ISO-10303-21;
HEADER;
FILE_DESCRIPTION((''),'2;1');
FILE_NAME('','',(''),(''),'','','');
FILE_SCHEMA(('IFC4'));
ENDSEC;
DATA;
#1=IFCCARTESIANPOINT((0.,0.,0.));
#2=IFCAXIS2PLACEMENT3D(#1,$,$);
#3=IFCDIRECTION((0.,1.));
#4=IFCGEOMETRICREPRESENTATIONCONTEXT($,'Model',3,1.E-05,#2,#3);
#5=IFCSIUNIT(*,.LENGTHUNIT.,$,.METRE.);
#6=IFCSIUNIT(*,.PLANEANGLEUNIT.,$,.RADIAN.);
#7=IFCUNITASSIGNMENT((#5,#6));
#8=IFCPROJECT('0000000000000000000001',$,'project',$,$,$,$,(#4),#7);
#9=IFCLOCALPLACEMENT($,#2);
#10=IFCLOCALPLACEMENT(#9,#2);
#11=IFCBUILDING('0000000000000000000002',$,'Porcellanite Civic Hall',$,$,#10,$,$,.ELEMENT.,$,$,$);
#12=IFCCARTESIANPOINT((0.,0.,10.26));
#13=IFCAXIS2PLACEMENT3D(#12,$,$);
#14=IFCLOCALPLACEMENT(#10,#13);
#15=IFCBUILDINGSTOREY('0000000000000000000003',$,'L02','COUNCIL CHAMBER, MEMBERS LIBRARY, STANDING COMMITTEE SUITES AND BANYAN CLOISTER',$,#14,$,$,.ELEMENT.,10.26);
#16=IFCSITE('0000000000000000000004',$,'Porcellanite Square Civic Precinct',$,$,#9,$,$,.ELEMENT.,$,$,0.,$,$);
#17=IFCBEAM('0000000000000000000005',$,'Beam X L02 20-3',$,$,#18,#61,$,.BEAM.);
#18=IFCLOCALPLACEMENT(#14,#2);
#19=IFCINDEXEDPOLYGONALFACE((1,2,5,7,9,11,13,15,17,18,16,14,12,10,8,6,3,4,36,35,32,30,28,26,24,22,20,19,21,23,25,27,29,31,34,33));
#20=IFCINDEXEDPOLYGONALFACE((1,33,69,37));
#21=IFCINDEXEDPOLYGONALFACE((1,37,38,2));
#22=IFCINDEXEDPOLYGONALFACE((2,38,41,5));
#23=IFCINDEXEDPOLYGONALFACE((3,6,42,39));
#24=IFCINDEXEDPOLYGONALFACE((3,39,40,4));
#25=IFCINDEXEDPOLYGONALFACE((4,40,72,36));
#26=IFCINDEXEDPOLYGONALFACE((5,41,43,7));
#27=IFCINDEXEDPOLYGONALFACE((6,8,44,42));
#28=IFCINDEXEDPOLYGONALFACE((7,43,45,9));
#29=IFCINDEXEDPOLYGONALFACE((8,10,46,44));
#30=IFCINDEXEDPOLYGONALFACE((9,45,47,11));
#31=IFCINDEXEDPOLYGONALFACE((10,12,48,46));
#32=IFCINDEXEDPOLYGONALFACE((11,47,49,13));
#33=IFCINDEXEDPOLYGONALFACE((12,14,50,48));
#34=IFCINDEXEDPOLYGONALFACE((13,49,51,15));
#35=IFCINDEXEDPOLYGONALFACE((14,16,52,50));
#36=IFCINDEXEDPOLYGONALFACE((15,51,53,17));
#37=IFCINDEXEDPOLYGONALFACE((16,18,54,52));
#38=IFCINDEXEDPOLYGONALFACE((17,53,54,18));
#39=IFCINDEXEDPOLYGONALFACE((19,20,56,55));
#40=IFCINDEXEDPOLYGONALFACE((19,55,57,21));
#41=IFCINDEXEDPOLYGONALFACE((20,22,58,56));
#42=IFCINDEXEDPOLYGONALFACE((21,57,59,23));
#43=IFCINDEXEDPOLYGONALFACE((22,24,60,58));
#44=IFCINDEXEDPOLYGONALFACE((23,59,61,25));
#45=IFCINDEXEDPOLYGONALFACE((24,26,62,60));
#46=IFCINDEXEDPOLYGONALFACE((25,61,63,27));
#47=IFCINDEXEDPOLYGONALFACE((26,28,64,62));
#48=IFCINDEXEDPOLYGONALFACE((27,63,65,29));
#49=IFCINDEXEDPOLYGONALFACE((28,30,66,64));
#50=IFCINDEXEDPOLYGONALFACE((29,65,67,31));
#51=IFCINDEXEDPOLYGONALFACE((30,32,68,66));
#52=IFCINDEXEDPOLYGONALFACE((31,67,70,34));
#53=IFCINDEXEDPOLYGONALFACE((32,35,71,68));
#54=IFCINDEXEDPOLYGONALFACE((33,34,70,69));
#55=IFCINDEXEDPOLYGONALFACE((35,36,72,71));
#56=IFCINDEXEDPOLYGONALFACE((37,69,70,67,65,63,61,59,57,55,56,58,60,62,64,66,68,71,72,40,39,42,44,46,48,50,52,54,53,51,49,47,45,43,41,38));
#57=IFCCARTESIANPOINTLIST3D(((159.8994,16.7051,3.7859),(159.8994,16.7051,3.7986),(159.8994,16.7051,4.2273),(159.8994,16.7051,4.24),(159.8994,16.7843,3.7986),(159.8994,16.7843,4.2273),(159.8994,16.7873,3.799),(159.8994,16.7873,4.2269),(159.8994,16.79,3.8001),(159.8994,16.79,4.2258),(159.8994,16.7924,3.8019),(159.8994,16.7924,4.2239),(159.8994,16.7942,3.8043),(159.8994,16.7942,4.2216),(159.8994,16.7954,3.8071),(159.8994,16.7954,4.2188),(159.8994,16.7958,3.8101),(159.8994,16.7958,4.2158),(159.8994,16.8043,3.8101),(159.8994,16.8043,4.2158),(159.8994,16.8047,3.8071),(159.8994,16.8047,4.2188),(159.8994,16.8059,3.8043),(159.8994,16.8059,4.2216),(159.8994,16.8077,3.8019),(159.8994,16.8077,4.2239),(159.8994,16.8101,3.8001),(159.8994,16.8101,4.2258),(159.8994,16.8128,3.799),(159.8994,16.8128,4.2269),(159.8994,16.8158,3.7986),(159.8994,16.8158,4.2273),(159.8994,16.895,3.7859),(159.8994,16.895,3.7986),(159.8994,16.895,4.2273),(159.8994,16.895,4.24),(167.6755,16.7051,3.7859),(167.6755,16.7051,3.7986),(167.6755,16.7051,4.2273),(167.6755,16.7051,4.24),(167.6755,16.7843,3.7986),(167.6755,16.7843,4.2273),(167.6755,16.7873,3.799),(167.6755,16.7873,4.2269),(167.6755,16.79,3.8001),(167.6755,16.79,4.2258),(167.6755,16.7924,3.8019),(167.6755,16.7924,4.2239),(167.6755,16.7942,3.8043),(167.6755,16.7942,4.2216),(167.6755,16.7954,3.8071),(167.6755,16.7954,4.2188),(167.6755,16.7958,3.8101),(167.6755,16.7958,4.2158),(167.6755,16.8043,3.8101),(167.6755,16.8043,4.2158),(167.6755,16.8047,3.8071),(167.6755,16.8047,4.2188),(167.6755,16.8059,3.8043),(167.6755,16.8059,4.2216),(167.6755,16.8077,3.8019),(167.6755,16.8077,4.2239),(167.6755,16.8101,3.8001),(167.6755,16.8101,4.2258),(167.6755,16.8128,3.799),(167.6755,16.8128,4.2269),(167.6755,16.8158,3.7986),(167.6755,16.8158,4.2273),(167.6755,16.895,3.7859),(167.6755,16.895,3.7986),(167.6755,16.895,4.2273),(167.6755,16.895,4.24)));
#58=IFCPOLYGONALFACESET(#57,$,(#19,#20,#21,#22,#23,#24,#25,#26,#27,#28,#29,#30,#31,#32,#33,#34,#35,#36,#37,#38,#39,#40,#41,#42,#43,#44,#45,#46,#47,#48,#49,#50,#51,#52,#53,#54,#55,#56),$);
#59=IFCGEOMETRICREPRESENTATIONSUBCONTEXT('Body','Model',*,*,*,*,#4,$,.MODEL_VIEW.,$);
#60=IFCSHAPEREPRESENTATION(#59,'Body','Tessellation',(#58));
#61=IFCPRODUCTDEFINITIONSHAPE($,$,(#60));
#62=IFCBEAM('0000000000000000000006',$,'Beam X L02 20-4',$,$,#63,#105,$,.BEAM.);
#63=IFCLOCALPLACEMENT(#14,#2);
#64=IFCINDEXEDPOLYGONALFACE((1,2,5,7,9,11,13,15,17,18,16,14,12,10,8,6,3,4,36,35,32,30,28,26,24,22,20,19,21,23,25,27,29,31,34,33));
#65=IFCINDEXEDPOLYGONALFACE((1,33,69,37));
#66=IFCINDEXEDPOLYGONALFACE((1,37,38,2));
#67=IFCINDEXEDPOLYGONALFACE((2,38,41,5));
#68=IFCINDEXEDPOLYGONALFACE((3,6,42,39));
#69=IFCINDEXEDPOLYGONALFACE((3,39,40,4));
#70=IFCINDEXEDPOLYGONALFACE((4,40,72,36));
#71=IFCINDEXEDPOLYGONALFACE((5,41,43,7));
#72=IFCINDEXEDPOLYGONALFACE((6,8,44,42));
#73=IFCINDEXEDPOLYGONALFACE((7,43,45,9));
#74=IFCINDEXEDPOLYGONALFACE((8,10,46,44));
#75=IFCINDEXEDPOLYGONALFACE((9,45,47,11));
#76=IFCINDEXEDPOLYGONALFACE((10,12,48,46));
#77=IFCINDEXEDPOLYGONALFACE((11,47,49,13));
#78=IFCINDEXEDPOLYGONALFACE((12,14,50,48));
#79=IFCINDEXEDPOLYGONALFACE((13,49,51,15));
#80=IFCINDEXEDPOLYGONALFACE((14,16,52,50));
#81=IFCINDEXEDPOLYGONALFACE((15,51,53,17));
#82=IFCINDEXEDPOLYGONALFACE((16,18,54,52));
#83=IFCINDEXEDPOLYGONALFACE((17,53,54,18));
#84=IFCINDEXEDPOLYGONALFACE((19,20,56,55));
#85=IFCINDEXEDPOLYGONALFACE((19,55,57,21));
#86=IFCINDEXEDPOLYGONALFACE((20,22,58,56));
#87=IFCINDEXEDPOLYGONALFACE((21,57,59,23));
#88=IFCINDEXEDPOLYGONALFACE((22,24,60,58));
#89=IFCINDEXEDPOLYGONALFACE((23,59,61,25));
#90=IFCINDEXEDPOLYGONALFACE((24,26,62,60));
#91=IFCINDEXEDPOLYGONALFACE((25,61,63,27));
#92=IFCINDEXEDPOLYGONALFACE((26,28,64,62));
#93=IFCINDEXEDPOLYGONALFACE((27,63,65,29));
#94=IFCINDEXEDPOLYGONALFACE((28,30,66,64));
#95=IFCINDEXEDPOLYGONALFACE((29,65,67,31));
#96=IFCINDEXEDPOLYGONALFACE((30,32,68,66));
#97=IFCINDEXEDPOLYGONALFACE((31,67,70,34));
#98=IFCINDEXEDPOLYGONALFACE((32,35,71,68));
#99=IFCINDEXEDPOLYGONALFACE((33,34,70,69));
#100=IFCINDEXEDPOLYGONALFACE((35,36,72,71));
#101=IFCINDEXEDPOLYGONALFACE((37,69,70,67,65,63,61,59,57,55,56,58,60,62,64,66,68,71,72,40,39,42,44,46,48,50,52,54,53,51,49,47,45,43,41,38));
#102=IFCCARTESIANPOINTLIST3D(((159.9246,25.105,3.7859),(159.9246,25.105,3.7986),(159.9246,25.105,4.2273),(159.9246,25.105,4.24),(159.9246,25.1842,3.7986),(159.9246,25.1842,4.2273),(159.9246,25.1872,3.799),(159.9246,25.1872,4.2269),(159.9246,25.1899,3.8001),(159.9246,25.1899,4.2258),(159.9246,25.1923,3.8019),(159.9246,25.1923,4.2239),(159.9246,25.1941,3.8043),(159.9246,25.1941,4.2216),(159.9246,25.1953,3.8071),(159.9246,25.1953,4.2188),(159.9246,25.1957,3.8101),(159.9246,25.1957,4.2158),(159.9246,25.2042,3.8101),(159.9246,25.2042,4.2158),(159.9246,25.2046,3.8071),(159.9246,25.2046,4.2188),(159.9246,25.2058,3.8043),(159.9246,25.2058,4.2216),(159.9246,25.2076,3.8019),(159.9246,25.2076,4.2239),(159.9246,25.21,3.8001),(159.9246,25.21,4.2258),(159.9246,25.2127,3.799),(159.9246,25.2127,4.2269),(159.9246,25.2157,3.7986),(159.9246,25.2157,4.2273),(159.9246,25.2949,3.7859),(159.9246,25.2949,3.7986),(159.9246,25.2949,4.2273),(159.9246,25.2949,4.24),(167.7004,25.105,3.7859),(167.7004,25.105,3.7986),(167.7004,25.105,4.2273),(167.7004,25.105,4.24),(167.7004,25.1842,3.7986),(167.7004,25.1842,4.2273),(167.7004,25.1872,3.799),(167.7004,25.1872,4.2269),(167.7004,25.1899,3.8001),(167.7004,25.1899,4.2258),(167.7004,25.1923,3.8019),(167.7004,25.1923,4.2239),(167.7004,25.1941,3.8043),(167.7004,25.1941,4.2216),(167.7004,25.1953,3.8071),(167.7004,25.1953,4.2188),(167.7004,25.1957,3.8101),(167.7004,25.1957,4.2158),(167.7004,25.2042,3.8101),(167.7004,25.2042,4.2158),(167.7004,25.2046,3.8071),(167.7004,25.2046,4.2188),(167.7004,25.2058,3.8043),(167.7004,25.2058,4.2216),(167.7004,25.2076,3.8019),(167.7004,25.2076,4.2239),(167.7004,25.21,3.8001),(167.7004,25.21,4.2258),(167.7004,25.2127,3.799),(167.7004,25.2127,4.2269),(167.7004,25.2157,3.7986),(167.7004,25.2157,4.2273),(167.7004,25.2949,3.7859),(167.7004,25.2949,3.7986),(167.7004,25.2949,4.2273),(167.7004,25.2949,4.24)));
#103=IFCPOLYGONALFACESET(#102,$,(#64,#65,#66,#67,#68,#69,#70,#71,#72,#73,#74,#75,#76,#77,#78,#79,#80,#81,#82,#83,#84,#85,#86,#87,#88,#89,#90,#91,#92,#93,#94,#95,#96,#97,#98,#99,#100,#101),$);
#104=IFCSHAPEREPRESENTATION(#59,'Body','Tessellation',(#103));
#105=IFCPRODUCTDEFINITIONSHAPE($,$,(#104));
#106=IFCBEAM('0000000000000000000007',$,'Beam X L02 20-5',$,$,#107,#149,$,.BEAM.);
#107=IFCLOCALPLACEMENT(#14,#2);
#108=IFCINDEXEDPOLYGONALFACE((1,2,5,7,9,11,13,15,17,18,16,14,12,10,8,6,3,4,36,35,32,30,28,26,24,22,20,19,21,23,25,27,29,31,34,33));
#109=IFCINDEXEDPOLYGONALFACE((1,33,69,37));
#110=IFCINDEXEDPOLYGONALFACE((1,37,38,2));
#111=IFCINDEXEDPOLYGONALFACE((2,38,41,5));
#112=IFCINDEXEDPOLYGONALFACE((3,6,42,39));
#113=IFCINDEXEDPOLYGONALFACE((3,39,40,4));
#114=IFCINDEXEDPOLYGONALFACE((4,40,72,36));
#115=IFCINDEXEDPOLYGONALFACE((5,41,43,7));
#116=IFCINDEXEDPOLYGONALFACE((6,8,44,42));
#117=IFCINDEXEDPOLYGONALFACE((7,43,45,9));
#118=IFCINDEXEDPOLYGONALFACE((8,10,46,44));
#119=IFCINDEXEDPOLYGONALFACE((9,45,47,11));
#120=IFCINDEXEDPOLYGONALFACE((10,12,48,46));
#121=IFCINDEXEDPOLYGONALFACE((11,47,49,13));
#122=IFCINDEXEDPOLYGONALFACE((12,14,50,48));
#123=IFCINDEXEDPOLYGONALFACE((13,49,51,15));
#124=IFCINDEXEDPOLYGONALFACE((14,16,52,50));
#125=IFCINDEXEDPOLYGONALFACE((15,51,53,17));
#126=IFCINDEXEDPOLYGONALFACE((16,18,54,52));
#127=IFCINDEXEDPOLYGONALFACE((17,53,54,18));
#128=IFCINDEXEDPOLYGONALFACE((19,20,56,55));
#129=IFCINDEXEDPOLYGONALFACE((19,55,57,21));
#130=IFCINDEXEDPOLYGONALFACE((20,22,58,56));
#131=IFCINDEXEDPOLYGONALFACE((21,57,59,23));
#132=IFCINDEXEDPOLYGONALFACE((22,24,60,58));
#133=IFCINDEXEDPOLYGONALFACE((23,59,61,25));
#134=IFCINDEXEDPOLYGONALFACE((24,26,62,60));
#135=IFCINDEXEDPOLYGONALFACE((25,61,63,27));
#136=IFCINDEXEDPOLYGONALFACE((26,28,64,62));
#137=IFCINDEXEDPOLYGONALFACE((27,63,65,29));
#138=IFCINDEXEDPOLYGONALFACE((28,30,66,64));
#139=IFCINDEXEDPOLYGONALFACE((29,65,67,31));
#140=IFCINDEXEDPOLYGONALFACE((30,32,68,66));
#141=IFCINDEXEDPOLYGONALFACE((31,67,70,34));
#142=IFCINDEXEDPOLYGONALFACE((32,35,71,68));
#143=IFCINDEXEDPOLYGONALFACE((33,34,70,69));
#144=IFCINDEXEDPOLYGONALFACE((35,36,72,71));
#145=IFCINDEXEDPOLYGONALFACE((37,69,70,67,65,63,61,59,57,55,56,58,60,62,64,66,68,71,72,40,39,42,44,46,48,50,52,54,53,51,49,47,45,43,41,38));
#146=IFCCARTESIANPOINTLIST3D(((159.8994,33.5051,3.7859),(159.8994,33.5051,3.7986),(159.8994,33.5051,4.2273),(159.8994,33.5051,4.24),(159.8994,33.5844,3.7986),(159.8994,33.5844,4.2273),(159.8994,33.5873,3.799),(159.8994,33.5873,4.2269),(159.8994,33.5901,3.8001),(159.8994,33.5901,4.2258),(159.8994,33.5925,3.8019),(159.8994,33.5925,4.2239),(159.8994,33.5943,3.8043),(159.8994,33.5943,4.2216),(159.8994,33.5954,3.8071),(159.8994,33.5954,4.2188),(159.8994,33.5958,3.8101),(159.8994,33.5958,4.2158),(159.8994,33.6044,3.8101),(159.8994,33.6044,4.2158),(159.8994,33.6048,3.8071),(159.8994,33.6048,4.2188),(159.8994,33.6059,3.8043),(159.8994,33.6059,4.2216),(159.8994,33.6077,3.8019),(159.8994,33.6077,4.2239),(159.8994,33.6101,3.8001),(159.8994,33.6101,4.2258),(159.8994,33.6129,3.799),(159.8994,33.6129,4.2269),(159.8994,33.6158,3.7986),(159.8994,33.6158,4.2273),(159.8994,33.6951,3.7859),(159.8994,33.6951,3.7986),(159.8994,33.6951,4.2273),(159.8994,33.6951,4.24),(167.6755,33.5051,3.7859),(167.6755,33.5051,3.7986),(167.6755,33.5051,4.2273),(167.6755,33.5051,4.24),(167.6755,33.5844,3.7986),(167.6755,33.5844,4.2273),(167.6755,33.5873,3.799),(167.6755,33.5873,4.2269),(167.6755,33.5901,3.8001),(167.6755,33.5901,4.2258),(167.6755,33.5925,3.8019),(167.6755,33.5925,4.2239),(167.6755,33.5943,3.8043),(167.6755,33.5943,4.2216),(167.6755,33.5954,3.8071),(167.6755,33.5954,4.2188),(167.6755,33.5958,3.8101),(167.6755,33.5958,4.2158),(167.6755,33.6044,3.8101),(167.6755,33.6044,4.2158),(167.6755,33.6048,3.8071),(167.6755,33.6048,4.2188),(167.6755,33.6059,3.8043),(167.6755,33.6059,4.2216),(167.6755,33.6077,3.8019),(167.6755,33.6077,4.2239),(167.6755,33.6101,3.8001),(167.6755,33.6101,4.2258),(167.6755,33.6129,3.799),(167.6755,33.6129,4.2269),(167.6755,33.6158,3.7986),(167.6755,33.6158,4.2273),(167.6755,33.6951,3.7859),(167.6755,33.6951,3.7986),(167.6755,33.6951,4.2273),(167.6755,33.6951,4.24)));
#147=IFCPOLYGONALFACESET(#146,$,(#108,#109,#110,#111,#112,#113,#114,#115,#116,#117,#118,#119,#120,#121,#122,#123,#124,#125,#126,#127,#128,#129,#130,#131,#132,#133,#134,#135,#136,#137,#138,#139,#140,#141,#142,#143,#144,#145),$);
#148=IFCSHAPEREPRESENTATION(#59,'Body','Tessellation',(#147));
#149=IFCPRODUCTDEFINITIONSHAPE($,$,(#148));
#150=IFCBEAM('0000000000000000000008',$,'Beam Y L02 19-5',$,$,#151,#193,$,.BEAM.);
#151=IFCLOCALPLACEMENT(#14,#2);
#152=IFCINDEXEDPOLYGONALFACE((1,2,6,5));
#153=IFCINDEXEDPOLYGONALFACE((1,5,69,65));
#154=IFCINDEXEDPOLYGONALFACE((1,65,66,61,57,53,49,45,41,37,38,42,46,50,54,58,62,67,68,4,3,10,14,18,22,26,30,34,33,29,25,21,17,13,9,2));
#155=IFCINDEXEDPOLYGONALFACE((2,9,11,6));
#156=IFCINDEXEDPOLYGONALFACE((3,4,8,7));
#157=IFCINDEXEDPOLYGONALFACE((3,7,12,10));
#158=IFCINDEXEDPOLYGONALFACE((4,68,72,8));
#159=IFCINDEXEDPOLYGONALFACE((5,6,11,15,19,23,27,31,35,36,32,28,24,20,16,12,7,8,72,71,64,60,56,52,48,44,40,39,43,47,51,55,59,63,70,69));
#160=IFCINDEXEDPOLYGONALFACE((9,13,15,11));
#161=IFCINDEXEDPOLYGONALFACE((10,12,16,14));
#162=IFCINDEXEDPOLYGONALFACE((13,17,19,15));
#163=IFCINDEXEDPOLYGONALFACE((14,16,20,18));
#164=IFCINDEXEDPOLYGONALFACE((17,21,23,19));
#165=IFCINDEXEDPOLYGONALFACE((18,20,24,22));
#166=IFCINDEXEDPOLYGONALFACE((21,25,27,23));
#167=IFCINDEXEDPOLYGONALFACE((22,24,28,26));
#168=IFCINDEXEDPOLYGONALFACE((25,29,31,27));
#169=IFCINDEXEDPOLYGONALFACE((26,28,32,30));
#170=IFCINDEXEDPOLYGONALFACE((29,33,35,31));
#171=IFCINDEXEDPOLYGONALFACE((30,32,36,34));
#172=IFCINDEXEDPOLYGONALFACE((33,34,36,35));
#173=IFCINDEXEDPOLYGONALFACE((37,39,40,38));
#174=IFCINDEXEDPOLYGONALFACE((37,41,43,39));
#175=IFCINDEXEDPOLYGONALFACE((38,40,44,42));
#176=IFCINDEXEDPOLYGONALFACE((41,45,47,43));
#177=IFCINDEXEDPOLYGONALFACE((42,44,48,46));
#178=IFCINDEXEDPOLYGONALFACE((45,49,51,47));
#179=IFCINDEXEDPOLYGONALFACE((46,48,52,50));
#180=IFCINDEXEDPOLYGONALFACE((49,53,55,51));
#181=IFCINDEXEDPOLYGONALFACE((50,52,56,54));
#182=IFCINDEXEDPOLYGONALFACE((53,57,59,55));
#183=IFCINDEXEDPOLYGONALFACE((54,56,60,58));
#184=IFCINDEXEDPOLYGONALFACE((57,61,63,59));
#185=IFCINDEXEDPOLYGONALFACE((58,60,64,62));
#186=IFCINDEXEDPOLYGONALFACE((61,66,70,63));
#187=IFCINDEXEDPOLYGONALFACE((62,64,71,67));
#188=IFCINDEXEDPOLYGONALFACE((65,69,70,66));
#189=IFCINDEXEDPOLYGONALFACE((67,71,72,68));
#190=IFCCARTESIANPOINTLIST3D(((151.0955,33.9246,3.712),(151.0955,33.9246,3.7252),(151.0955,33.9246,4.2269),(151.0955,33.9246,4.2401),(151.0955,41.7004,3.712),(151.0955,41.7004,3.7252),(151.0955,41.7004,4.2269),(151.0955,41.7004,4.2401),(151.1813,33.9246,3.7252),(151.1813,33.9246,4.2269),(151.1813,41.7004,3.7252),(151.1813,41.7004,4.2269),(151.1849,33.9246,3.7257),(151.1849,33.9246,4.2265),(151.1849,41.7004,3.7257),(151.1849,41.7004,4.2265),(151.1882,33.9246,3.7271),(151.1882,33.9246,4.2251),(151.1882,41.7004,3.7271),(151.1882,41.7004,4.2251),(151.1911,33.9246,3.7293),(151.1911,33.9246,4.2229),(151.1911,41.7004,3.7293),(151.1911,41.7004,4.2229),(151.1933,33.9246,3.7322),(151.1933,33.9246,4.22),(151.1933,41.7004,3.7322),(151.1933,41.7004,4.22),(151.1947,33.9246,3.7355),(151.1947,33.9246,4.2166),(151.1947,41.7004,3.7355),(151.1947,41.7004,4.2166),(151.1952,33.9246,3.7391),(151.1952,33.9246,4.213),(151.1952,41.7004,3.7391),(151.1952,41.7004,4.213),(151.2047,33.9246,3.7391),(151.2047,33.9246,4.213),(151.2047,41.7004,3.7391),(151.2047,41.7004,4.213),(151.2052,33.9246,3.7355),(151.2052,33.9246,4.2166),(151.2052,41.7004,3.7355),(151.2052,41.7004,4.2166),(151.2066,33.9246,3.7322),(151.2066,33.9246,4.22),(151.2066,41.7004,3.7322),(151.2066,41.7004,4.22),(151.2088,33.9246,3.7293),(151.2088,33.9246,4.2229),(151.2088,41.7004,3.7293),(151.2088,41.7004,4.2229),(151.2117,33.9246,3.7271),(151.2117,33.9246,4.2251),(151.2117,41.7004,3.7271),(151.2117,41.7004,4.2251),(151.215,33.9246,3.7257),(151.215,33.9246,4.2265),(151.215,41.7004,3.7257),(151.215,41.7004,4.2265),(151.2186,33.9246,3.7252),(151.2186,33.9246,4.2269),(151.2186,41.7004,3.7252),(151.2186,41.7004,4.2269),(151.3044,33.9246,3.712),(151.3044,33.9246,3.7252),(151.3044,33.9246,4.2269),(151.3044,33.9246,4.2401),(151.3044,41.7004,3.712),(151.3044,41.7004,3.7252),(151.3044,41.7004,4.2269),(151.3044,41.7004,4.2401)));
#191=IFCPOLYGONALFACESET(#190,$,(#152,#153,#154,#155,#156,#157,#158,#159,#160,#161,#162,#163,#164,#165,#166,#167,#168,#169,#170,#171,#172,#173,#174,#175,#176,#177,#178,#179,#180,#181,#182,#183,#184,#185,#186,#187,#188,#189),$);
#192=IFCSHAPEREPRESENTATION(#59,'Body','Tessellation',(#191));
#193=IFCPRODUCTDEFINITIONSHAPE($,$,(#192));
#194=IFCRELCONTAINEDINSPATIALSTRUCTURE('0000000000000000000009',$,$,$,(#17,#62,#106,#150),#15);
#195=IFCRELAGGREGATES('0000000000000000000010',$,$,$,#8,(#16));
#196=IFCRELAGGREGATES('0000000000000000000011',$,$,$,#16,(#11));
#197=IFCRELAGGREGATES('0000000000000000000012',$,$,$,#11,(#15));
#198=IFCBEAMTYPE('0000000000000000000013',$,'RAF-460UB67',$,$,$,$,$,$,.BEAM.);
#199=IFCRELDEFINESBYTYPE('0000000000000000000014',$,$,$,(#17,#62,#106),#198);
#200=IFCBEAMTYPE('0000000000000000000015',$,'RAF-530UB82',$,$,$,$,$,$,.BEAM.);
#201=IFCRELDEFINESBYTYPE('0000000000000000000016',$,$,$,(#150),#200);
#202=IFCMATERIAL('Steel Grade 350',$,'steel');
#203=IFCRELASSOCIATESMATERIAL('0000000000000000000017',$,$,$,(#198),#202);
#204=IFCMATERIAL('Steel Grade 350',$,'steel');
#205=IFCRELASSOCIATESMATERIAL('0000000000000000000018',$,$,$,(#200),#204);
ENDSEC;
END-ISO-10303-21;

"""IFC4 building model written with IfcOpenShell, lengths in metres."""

from ifc_helpers import new_model, si_unit, direction, frame, origin, origin_2d, place, context, subcontext, project, spatial, i_section, extrude, material, material_profile, profile_set, type_object, element, save


model = new_model("IFC4")

# Units and contexts
model_context = context("Model", 3, precision=1e-05, world=origin(), true_north=direction((0.0, 1.0)))
body_context = subcontext(model_context, "Body", "Model", "MODEL_VIEW")
ifc_project = project(units=[si_unit("LENGTHUNIT", "METRE"), si_unit("PLANEANGLEUNIT", "RADIAN")], contexts=[model_context])

# Site, building, storey
site_placement = place(None, origin())
site = spatial("IfcSite", under=ifc_project, at=site_placement, Name="Porcellanite Square Civic Precinct", CompositionType="ELEMENT", RefElevation=0.0)
building_placement = place(site_placement, origin())
building = spatial("IfcBuilding", under=site, at=building_placement, Name="Porcellanite Civic Hall", CompositionType="ELEMENT")
storey_placement = place(building_placement, frame((0.0, 0.0, 10.26)))
storey = spatial("IfcBuildingStorey", under=building, at=storey_placement, Name="L02", Description="COUNCIL CHAMBER, MEMBERS LIBRARY, STANDING COMMITTEE SUITES AND BANYAN CLOISTER", CompositionType="ELEMENT", Elevation=10.26)

# Beams
ifc_material_1 = material(Name="Steel Grade 350", Category="steel")
ifc_material_profile_1 = material_profile(ifc_material_1, i_section(OverallWidth=0.1899, OverallDepth=0.4541, WebThickness=0.0085, FlangeThickness=0.0127, FilletRadius=0.0115, at=origin_2d()), Name="460UB67.1")
ifc_profile_set_1 = profile_set([ifc_material_profile_1], Name="Steel Grade 350")
beam_type_1 = type_object("IfcBeamType", Name="RAF-460UB67", PredefinedType="BEAM", material=ifc_profile_set_1)
for number, where, z_axis, x_axis, name in (
    (1, (159.8994, 16.8, 4.0129), (1.0, 0.0, 0.0), (0.0, 1.0, 0.0), "Beam X L02 20-3"),
):
    element("IfcBeam", number, at=place(storey_placement, frame(where, z_axis=z_axis, x_axis=x_axis)), inside=storey, type_object=beam_type_1, Name=name, PredefinedType="BEAM", context=body_context, shape_type="SweptSolid", body=[
        extrude(i_section(OverallWidth=0.1899, OverallDepth=0.4541, WebThickness=0.0085, FlangeThickness=0.0127, FilletRadius=0.0115, at=origin_2d()), origin(), (0.0, 0.0, 1.0), 7.7761),
    ])
beam_1_placement = place(storey_placement, frame((159.9246, 25.2, 4.0129), z_axis=(1.0, 0.0, 0.0), x_axis=(0.0, 1.0, 0.0)))
element("IfcBeam", 2, at=beam_1_placement, inside=storey, type_object=beam_type_1, Name="Beam X L02 20-4", PredefinedType="BEAM", context=body_context, shape_type="SweptSolid", body=[
    extrude(i_section(OverallWidth=0.1899, OverallDepth=0.4541, WebThickness=0.0085, FlangeThickness=0.0127, FilletRadius=0.0115, at=origin_2d()), origin(), (0.0, 0.0, 1.0), 7.7759),
])
beam_2_placement = place(storey_placement, frame((159.8994, 33.6001, 4.0129), z_axis=(1.0, 0.0, 0.0), x_axis=(0.0, 1.0, 0.0)))
element("IfcBeam", 3, at=beam_2_placement, inside=storey, type_object=beam_type_1, Name="Beam X L02 20-5", PredefinedType="BEAM", context=body_context, shape_type="SweptSolid", body=[
    extrude(i_section(OverallWidth=0.1899, OverallDepth=0.4541, WebThickness=0.0085, FlangeThickness=0.0127, FilletRadius=0.0115, at=origin_2d()), origin(), (0.0, 0.0, 1.0), 7.7761),
])
ifc_material_2 = material(Name="Steel Grade 350", Category="steel")
ifc_material_profile_2 = material_profile(ifc_material_2, i_section(OverallWidth=0.209, OverallDepth=0.5281, WebThickness=0.0095, FlangeThickness=0.0132, FilletRadius=0.0139, at=origin_2d()), Name="530UB82.0")
ifc_profile_set_2 = profile_set([ifc_material_profile_2], Name="Steel Grade 350")
beam_type_2 = type_object("IfcBeamType", Name="RAF-530UB82", PredefinedType="BEAM", material=ifc_profile_set_2)
beam_3_placement = place(storey_placement, frame((151.2, 33.9246, 3.9761), z_axis=(0.0, 1.0, 0.0), x_axis=(-1.0, 0.0, 0.0)))
element("IfcBeam", 4, at=beam_3_placement, inside=storey, type_object=beam_type_2, Name="Beam Y L02 19-5", PredefinedType="BEAM", context=body_context, shape_type="SweptSolid", body=[
    extrude(i_section(OverallWidth=0.209, OverallDepth=0.5281, WebThickness=0.0095, FlangeThickness=0.0132, FilletRadius=0.0139, at=origin_2d()), origin(), (0.0, 0.0, 1.0), 7.7759),
])

save(model, "model.ifc")
